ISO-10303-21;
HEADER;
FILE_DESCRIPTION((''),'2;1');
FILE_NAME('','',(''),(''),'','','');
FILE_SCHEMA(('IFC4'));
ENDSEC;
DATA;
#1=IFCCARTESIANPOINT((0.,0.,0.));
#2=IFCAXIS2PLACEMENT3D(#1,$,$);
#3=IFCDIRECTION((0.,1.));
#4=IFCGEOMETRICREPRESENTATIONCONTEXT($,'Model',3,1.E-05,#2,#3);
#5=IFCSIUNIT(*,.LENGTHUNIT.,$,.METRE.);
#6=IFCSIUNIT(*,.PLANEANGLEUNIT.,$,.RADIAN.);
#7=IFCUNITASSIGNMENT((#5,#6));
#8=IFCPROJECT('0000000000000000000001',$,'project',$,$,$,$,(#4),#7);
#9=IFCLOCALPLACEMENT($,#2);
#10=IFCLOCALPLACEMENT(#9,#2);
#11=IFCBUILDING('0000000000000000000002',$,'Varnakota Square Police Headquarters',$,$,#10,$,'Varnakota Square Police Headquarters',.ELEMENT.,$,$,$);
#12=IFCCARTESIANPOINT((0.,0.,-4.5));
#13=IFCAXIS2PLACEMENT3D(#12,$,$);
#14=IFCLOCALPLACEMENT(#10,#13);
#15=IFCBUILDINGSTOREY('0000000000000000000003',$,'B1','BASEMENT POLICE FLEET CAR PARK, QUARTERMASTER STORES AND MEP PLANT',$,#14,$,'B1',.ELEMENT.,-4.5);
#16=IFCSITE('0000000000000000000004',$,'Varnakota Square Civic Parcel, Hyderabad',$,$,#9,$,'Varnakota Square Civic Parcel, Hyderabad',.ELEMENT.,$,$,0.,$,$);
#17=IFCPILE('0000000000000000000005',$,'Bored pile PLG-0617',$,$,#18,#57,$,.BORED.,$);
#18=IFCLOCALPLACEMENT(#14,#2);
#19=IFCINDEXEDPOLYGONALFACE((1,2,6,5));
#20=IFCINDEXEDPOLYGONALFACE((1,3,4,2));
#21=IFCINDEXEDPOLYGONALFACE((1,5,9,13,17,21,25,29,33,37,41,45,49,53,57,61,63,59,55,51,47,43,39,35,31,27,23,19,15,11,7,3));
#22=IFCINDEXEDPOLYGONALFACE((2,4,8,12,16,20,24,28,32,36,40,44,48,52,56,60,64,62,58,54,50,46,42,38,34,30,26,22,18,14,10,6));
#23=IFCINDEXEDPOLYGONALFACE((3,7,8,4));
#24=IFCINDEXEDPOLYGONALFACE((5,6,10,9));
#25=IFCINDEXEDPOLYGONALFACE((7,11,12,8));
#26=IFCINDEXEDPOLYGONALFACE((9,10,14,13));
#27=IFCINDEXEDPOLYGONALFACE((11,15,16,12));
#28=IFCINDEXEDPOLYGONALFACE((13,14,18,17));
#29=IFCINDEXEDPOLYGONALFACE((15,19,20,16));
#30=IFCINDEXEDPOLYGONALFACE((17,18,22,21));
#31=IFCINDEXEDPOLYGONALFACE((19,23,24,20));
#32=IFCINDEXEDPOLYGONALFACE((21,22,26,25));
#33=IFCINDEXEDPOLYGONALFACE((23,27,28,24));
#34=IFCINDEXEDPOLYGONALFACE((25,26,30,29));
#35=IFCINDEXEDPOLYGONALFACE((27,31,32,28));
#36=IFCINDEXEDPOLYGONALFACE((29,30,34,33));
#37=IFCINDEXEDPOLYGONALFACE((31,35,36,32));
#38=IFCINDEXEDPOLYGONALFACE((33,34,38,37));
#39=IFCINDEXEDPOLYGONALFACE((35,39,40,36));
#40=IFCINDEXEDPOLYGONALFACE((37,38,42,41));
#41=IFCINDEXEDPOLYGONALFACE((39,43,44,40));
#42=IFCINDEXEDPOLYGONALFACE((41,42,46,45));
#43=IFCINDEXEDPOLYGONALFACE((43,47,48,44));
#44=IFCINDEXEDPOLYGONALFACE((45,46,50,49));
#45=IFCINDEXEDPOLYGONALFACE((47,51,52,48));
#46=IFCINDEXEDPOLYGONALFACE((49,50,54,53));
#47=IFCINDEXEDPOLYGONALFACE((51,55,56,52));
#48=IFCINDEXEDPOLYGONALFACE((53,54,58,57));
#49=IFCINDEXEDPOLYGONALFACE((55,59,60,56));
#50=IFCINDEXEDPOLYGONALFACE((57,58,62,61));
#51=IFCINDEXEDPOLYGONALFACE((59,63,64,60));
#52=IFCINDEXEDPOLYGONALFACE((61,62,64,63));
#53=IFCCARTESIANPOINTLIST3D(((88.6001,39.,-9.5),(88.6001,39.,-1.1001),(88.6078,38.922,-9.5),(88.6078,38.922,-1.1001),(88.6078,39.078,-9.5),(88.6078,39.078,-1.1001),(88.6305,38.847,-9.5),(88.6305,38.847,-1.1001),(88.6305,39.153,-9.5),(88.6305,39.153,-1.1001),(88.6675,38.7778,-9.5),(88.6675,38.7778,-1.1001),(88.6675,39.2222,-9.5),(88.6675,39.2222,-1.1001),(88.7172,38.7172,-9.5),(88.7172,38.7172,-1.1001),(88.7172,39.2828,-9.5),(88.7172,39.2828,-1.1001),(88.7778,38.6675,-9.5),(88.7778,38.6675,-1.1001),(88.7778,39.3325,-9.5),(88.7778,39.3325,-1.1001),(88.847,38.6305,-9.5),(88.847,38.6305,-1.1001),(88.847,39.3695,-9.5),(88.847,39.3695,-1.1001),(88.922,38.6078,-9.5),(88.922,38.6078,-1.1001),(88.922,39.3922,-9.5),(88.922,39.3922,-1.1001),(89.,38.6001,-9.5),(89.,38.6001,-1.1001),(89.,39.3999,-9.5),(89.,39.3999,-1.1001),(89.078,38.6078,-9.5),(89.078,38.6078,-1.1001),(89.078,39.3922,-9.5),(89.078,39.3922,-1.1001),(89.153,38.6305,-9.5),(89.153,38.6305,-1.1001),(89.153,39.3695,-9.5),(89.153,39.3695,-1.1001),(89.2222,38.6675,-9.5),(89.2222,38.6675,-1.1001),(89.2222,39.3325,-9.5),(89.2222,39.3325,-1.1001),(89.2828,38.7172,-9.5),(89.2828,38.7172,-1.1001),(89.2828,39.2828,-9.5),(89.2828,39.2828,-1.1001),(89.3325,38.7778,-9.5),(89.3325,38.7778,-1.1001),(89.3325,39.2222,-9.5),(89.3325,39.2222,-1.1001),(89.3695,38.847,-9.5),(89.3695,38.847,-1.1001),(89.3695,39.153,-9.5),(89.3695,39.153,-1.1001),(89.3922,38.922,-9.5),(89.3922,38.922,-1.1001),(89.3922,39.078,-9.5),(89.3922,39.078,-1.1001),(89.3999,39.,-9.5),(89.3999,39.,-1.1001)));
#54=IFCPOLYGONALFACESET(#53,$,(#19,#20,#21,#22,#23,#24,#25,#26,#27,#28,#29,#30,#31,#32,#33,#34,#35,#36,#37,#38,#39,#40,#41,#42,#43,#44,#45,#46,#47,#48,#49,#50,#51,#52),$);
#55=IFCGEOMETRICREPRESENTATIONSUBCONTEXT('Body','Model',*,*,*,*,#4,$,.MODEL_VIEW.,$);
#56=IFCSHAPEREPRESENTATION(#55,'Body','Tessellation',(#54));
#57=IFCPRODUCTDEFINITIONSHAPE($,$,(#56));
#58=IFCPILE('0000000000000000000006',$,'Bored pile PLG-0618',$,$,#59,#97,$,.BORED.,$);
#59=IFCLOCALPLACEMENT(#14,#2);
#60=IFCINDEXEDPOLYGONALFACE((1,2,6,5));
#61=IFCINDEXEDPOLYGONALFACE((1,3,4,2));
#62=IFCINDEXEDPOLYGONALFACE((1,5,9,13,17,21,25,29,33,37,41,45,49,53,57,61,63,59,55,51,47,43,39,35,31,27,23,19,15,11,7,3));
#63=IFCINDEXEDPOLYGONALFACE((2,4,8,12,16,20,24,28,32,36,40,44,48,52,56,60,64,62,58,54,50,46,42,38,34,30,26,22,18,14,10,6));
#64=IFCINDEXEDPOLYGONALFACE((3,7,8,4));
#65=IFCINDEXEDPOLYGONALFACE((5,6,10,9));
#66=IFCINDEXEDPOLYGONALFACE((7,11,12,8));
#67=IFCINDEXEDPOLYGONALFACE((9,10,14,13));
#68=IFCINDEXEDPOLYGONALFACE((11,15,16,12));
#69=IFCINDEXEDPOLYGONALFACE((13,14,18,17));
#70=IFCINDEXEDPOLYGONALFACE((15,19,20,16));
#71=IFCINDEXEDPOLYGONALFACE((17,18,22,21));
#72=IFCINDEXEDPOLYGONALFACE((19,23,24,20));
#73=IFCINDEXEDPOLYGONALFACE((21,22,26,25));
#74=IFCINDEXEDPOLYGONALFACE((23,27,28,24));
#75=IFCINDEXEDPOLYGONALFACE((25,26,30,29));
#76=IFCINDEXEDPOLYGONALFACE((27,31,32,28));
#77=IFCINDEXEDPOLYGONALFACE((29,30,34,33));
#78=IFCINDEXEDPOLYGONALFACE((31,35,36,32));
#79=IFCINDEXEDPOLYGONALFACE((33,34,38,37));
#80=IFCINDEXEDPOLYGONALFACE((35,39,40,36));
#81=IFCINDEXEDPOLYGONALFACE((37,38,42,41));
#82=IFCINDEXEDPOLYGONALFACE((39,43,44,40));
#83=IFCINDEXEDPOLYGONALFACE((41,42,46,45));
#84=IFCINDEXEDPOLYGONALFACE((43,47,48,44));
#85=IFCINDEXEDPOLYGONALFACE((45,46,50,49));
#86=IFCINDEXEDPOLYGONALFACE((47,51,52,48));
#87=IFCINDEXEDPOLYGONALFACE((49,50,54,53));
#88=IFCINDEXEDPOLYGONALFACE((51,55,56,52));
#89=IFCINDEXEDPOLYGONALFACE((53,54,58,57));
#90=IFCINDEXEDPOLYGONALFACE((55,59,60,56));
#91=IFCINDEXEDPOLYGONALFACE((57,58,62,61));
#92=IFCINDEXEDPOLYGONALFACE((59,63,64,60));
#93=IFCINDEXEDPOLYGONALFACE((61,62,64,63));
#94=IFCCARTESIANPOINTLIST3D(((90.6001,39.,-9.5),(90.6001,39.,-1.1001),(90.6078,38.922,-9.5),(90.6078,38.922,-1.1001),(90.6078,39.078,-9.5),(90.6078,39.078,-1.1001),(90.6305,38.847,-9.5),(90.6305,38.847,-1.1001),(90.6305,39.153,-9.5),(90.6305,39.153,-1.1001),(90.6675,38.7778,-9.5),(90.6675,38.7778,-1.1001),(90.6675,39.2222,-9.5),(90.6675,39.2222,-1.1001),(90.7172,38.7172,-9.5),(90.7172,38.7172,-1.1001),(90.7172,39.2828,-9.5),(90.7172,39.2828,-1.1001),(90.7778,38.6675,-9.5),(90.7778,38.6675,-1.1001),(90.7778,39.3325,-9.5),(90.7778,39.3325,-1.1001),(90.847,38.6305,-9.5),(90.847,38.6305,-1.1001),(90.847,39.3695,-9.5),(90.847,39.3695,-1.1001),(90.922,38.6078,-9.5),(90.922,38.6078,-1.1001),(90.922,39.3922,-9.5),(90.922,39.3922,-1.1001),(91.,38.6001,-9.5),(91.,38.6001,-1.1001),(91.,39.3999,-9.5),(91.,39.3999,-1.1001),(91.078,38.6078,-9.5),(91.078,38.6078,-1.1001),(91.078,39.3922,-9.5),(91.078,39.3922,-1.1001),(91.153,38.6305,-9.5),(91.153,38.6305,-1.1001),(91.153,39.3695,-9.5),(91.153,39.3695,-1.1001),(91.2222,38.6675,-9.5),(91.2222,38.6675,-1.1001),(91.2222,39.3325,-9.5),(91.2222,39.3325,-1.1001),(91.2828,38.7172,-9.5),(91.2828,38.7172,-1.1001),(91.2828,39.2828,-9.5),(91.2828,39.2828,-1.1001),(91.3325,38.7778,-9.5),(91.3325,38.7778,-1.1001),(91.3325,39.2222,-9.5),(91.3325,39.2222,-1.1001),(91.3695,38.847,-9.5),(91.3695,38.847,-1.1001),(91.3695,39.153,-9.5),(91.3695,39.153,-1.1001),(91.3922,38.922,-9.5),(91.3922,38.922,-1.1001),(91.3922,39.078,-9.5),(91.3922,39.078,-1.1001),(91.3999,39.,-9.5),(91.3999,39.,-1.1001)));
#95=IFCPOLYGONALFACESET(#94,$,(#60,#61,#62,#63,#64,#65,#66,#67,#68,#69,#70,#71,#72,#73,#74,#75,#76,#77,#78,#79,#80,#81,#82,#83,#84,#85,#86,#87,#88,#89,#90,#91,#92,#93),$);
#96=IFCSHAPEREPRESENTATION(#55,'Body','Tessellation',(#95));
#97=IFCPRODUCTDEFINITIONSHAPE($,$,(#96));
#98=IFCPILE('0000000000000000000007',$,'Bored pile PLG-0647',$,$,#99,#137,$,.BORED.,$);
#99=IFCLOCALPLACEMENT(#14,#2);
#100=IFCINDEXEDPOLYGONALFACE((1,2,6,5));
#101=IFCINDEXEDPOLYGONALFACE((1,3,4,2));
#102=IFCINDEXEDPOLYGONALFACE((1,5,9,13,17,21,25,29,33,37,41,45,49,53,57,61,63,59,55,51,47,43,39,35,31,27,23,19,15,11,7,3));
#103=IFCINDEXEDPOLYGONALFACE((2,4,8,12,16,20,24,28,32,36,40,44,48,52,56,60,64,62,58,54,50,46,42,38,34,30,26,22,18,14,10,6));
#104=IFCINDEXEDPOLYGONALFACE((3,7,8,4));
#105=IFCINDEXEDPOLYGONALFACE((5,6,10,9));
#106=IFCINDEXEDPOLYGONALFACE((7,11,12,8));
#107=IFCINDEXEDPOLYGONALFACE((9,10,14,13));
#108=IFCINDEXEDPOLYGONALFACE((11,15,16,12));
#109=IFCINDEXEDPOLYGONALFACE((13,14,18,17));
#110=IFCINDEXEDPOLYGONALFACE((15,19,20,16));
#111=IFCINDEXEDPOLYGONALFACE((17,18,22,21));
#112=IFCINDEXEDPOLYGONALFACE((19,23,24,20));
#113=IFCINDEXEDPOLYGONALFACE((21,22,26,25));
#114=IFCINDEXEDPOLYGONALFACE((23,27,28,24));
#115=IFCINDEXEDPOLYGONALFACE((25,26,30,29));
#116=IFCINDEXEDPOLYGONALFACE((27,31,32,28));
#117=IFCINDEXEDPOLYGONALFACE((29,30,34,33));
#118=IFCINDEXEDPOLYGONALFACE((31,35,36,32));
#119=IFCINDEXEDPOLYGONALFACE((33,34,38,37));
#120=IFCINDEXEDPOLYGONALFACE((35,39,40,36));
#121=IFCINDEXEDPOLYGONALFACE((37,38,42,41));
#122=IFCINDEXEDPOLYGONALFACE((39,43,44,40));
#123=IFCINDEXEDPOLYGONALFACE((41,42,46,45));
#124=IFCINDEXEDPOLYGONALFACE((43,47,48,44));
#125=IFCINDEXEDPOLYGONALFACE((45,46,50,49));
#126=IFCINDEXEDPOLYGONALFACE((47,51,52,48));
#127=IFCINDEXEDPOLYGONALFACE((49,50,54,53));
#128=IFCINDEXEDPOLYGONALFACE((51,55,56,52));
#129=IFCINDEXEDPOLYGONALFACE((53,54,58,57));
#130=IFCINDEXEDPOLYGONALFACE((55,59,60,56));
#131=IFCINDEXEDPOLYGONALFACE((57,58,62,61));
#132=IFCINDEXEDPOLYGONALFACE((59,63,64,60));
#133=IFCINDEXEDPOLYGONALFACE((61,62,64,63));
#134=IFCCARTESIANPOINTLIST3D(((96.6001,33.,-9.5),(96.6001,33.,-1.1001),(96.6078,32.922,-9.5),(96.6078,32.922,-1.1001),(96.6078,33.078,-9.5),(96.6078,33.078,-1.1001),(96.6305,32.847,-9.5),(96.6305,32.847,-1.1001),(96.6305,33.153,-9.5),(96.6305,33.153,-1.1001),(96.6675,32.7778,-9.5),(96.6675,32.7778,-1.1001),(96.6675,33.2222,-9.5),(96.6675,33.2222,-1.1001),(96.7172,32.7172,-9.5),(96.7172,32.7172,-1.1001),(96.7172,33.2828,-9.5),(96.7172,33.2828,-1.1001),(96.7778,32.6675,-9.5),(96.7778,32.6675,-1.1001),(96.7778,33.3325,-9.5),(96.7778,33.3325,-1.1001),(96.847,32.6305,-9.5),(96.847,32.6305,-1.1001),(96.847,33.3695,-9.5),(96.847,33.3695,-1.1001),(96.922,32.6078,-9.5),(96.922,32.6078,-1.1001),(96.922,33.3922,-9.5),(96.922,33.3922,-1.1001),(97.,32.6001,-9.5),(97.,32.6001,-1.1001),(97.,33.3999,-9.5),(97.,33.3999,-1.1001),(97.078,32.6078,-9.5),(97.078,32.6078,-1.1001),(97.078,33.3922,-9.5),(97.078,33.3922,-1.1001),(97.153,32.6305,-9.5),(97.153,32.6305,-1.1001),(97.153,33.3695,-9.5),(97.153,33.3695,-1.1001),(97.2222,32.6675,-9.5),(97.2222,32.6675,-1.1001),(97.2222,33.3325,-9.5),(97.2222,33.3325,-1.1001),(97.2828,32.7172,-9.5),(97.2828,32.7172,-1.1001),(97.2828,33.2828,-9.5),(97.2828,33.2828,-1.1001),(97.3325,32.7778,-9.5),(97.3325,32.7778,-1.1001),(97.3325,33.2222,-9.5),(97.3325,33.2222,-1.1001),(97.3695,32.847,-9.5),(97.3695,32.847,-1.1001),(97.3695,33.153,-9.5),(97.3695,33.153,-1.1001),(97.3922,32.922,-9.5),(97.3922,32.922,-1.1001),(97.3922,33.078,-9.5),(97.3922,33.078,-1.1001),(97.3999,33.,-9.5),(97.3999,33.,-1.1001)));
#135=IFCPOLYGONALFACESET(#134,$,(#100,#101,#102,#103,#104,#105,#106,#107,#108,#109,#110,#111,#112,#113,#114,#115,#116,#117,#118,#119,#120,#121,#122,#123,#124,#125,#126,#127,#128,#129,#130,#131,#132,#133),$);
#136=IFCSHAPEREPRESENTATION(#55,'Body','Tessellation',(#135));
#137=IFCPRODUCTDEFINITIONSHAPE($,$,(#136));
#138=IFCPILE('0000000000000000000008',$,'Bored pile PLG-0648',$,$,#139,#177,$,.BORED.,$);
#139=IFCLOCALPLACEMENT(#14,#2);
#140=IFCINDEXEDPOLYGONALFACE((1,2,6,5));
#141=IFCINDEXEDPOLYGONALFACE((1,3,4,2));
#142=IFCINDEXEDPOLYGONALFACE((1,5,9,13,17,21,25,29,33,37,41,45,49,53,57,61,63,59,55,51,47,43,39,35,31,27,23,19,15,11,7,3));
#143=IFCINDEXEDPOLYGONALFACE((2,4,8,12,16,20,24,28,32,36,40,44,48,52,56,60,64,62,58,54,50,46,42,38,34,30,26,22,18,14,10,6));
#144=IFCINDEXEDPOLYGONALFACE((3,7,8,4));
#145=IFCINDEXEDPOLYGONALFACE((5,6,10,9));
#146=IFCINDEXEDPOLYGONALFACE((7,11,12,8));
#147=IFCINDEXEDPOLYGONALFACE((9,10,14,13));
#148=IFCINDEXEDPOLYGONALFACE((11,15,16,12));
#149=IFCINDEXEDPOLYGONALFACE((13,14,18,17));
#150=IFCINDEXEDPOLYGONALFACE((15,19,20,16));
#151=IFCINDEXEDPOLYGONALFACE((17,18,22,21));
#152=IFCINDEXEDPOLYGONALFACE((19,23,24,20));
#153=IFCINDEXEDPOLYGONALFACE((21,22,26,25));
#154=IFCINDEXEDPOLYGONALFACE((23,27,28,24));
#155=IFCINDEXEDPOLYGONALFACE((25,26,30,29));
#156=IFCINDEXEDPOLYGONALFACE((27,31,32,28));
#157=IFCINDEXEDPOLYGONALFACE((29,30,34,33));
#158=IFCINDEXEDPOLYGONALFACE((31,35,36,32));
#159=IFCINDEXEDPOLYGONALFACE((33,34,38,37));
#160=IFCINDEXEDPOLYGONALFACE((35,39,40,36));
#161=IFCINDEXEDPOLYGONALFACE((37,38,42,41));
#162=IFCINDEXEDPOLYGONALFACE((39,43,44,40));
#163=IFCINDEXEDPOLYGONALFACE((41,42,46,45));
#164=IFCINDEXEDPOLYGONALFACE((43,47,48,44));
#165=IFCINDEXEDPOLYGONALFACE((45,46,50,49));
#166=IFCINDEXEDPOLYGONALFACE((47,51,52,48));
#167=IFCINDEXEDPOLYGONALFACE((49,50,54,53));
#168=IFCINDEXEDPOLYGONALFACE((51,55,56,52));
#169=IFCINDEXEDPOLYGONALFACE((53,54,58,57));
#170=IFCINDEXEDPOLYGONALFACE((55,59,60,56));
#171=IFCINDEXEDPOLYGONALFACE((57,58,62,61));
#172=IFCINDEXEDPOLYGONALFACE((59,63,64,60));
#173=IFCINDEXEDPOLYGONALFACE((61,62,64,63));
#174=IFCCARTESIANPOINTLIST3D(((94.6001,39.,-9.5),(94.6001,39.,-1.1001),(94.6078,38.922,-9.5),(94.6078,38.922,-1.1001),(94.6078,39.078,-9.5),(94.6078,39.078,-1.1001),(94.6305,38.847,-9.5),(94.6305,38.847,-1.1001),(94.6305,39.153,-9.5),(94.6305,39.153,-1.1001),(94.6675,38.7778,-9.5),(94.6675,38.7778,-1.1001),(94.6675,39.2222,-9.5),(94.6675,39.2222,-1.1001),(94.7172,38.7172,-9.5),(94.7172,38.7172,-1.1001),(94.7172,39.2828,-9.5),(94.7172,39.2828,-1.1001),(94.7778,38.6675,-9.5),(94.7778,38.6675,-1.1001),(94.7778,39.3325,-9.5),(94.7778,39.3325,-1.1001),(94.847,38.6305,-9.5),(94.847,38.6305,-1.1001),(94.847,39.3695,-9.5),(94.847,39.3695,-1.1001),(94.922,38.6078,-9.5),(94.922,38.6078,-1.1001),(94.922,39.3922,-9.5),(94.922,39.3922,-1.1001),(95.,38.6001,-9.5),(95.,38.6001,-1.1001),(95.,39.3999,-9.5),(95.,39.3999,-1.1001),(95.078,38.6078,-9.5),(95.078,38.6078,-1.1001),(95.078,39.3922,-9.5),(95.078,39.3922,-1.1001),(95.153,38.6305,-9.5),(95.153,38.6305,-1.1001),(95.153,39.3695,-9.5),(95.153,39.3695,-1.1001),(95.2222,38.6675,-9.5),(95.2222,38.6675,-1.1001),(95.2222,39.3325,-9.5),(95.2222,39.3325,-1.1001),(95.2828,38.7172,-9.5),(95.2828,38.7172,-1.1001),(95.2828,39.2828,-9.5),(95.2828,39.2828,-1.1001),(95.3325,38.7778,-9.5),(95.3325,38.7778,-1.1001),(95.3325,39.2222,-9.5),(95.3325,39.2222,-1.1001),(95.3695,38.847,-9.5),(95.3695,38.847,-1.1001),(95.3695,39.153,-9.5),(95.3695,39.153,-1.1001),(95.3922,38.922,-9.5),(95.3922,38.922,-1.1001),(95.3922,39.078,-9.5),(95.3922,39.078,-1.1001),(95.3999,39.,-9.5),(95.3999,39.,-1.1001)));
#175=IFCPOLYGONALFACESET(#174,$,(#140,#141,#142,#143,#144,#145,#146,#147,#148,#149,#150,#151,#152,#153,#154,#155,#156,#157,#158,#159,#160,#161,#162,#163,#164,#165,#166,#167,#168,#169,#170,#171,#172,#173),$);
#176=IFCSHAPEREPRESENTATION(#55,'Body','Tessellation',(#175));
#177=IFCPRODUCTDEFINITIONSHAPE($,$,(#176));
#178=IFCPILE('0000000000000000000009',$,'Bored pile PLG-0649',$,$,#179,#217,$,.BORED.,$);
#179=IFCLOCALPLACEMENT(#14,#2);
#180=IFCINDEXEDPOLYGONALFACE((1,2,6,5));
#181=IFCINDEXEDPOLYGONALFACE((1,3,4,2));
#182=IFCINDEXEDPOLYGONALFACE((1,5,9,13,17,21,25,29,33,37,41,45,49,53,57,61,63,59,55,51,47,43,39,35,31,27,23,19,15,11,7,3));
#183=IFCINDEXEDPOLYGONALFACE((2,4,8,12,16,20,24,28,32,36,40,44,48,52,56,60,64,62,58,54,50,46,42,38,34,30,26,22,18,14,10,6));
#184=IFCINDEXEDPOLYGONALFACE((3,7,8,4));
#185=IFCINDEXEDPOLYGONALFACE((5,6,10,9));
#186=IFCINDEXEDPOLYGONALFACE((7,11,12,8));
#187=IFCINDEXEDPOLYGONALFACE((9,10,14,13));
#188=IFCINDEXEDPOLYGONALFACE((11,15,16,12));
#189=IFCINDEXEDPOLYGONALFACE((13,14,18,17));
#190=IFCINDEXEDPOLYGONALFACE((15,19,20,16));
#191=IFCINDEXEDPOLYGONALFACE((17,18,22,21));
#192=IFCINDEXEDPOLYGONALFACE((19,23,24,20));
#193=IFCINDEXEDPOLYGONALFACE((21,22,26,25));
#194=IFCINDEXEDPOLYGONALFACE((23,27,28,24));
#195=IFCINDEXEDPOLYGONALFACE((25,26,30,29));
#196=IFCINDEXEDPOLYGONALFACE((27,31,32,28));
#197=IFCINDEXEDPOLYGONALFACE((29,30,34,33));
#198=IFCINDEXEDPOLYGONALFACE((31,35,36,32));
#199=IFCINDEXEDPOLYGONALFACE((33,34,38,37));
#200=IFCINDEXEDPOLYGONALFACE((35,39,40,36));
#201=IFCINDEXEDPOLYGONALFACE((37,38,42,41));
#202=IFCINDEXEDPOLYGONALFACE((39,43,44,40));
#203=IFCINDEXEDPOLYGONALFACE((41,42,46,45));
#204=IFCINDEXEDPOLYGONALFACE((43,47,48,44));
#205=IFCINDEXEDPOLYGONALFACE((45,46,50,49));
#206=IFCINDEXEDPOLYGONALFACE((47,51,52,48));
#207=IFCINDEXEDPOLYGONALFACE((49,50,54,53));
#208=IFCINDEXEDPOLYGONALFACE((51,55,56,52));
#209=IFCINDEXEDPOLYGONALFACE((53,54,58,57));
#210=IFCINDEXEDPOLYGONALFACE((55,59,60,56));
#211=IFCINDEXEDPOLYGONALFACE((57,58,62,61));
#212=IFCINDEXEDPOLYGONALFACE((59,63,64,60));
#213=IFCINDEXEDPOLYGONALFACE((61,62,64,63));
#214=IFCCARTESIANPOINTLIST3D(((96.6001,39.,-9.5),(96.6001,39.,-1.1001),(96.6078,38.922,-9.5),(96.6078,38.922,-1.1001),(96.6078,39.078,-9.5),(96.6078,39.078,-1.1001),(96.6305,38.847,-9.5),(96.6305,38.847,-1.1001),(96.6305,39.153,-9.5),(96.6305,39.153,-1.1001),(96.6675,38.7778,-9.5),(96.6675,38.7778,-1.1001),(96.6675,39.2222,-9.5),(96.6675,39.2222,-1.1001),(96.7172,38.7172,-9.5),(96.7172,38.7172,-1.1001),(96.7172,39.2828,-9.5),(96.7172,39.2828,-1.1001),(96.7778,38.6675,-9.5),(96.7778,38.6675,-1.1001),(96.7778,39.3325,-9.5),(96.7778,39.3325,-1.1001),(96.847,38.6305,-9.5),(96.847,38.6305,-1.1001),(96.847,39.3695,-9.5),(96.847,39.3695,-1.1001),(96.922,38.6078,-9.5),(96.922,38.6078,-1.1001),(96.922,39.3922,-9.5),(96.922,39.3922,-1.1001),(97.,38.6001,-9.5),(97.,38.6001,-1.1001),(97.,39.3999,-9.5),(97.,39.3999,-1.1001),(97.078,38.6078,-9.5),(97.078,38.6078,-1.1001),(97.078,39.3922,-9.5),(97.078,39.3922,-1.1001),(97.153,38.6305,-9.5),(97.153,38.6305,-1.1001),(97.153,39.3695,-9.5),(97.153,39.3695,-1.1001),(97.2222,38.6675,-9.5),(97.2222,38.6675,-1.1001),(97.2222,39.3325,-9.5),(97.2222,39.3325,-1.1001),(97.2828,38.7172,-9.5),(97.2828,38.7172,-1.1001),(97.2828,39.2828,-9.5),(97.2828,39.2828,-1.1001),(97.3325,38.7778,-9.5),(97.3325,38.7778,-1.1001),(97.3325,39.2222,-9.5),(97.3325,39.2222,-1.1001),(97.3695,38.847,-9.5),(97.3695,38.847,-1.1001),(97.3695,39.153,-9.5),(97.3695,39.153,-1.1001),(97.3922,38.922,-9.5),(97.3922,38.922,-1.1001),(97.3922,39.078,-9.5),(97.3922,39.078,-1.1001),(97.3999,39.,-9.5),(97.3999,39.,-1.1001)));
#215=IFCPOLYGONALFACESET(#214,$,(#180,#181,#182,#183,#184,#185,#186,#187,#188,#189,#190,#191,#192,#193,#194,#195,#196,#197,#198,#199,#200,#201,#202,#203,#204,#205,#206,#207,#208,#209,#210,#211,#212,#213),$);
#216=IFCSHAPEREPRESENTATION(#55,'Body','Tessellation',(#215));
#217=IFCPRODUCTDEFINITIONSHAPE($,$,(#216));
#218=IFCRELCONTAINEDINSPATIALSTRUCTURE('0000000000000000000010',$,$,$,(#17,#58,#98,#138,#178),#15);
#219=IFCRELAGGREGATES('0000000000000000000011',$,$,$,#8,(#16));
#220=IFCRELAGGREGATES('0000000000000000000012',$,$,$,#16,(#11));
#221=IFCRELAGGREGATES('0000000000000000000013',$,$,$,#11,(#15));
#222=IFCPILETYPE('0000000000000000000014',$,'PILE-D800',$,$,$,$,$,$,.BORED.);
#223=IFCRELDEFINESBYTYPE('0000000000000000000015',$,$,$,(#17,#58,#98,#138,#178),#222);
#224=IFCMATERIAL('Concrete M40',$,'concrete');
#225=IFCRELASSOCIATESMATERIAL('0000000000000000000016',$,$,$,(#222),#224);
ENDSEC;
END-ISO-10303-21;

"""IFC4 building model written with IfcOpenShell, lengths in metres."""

from ifc_helpers import new_model, si_unit, direction, frame, origin, origin_2d, place, context, subcontext, project, spatial, circle, extrude, material, material_profile, profile_set, type_object, element, save


model = new_model("IFC4")

# Units and contexts
model_context = context("Model", 3, precision=1e-05, world=origin(), true_north=direction((0.0, 1.0)))
body_context = subcontext(model_context, "Body", "Model", "MODEL_VIEW")
ifc_project = project(units=[si_unit("LENGTHUNIT", "METRE"), si_unit("PLANEANGLEUNIT", "RADIAN")], contexts=[model_context])

# Site, building, storey
site_placement = place(None, origin())
site = spatial("IfcSite", under=ifc_project, at=site_placement, Name="Varnakota Square Civic Parcel, Hyderabad", LongName="Varnakota Square Civic Parcel, Hyderabad", CompositionType="ELEMENT", RefElevation=0.0)
building_placement = place(site_placement, origin())
building = spatial("IfcBuilding", under=site, at=building_placement, Name="Varnakota Square Police Headquarters", LongName="Varnakota Square Police Headquarters", CompositionType="ELEMENT")
storey_placement = place(building_placement, frame((0.0, 0.0, -4.5)))
storey = spatial("IfcBuildingStorey", under=building, at=storey_placement, Name="B1", Description="BASEMENT POLICE FLEET CAR PARK, QUARTERMASTER STORES AND MEP PLANT", LongName="B1", CompositionType="ELEMENT", Elevation=-4.5)

# Shared definitions
ifc_material_1 = material(Name="Concrete M40", Category="concrete")

# Piles
ifc_material_profile_1 = material_profile(ifc_material_1, circle(Radius=0.3999, at=origin_2d()), Name="BORED PILE 800")
ifc_profile_set_1 = profile_set([ifc_material_profile_1], Name="Concrete M40")
pile_type_1 = type_object("IfcPileType", Name="PILE-D800", PredefinedType="BORED", material=ifc_profile_set_1)
for number, where, z_axis, x_axis, name in (
    (1, (89.0, 39.0, -1.1001), (0.0, 0.0, -1.0), (1.0, 0.0, 0.0), "Bored pile PLG-0617"),
    (2, (91.0, 39.0, -1.1001), (0.0, 0.0, -1.0), (1.0, 0.0, 0.0), "Bored pile PLG-0618"),
    (3, (97.0, 33.0, -1.1001), (0.0, 0.0, -1.0), (1.0, 0.0, 0.0), "Bored pile PLG-0647"),
    (4, (95.0, 39.0, -1.1001), (0.0, 0.0, -1.0), (1.0, 0.0, 0.0), "Bored pile PLG-0648"),
    (5, (97.0, 39.0, -1.1001), (0.0, 0.0, -1.0), (1.0, 0.0, 0.0), "Bored pile PLG-0649"),
):
    element("IfcPile", number, at=place(storey_placement, frame(where, z_axis=z_axis, x_axis=x_axis)), inside=storey, type_object=pile_type_1, Name=name, PredefinedType="BORED", context=body_context, shape_type="SweptSolid", body=[
        extrude(circle(Radius=0.3999, at=origin_2d()), origin(), (0.0, 0.0, 1.0), 8.3999),
    ])

save(model, "model.ifc")
